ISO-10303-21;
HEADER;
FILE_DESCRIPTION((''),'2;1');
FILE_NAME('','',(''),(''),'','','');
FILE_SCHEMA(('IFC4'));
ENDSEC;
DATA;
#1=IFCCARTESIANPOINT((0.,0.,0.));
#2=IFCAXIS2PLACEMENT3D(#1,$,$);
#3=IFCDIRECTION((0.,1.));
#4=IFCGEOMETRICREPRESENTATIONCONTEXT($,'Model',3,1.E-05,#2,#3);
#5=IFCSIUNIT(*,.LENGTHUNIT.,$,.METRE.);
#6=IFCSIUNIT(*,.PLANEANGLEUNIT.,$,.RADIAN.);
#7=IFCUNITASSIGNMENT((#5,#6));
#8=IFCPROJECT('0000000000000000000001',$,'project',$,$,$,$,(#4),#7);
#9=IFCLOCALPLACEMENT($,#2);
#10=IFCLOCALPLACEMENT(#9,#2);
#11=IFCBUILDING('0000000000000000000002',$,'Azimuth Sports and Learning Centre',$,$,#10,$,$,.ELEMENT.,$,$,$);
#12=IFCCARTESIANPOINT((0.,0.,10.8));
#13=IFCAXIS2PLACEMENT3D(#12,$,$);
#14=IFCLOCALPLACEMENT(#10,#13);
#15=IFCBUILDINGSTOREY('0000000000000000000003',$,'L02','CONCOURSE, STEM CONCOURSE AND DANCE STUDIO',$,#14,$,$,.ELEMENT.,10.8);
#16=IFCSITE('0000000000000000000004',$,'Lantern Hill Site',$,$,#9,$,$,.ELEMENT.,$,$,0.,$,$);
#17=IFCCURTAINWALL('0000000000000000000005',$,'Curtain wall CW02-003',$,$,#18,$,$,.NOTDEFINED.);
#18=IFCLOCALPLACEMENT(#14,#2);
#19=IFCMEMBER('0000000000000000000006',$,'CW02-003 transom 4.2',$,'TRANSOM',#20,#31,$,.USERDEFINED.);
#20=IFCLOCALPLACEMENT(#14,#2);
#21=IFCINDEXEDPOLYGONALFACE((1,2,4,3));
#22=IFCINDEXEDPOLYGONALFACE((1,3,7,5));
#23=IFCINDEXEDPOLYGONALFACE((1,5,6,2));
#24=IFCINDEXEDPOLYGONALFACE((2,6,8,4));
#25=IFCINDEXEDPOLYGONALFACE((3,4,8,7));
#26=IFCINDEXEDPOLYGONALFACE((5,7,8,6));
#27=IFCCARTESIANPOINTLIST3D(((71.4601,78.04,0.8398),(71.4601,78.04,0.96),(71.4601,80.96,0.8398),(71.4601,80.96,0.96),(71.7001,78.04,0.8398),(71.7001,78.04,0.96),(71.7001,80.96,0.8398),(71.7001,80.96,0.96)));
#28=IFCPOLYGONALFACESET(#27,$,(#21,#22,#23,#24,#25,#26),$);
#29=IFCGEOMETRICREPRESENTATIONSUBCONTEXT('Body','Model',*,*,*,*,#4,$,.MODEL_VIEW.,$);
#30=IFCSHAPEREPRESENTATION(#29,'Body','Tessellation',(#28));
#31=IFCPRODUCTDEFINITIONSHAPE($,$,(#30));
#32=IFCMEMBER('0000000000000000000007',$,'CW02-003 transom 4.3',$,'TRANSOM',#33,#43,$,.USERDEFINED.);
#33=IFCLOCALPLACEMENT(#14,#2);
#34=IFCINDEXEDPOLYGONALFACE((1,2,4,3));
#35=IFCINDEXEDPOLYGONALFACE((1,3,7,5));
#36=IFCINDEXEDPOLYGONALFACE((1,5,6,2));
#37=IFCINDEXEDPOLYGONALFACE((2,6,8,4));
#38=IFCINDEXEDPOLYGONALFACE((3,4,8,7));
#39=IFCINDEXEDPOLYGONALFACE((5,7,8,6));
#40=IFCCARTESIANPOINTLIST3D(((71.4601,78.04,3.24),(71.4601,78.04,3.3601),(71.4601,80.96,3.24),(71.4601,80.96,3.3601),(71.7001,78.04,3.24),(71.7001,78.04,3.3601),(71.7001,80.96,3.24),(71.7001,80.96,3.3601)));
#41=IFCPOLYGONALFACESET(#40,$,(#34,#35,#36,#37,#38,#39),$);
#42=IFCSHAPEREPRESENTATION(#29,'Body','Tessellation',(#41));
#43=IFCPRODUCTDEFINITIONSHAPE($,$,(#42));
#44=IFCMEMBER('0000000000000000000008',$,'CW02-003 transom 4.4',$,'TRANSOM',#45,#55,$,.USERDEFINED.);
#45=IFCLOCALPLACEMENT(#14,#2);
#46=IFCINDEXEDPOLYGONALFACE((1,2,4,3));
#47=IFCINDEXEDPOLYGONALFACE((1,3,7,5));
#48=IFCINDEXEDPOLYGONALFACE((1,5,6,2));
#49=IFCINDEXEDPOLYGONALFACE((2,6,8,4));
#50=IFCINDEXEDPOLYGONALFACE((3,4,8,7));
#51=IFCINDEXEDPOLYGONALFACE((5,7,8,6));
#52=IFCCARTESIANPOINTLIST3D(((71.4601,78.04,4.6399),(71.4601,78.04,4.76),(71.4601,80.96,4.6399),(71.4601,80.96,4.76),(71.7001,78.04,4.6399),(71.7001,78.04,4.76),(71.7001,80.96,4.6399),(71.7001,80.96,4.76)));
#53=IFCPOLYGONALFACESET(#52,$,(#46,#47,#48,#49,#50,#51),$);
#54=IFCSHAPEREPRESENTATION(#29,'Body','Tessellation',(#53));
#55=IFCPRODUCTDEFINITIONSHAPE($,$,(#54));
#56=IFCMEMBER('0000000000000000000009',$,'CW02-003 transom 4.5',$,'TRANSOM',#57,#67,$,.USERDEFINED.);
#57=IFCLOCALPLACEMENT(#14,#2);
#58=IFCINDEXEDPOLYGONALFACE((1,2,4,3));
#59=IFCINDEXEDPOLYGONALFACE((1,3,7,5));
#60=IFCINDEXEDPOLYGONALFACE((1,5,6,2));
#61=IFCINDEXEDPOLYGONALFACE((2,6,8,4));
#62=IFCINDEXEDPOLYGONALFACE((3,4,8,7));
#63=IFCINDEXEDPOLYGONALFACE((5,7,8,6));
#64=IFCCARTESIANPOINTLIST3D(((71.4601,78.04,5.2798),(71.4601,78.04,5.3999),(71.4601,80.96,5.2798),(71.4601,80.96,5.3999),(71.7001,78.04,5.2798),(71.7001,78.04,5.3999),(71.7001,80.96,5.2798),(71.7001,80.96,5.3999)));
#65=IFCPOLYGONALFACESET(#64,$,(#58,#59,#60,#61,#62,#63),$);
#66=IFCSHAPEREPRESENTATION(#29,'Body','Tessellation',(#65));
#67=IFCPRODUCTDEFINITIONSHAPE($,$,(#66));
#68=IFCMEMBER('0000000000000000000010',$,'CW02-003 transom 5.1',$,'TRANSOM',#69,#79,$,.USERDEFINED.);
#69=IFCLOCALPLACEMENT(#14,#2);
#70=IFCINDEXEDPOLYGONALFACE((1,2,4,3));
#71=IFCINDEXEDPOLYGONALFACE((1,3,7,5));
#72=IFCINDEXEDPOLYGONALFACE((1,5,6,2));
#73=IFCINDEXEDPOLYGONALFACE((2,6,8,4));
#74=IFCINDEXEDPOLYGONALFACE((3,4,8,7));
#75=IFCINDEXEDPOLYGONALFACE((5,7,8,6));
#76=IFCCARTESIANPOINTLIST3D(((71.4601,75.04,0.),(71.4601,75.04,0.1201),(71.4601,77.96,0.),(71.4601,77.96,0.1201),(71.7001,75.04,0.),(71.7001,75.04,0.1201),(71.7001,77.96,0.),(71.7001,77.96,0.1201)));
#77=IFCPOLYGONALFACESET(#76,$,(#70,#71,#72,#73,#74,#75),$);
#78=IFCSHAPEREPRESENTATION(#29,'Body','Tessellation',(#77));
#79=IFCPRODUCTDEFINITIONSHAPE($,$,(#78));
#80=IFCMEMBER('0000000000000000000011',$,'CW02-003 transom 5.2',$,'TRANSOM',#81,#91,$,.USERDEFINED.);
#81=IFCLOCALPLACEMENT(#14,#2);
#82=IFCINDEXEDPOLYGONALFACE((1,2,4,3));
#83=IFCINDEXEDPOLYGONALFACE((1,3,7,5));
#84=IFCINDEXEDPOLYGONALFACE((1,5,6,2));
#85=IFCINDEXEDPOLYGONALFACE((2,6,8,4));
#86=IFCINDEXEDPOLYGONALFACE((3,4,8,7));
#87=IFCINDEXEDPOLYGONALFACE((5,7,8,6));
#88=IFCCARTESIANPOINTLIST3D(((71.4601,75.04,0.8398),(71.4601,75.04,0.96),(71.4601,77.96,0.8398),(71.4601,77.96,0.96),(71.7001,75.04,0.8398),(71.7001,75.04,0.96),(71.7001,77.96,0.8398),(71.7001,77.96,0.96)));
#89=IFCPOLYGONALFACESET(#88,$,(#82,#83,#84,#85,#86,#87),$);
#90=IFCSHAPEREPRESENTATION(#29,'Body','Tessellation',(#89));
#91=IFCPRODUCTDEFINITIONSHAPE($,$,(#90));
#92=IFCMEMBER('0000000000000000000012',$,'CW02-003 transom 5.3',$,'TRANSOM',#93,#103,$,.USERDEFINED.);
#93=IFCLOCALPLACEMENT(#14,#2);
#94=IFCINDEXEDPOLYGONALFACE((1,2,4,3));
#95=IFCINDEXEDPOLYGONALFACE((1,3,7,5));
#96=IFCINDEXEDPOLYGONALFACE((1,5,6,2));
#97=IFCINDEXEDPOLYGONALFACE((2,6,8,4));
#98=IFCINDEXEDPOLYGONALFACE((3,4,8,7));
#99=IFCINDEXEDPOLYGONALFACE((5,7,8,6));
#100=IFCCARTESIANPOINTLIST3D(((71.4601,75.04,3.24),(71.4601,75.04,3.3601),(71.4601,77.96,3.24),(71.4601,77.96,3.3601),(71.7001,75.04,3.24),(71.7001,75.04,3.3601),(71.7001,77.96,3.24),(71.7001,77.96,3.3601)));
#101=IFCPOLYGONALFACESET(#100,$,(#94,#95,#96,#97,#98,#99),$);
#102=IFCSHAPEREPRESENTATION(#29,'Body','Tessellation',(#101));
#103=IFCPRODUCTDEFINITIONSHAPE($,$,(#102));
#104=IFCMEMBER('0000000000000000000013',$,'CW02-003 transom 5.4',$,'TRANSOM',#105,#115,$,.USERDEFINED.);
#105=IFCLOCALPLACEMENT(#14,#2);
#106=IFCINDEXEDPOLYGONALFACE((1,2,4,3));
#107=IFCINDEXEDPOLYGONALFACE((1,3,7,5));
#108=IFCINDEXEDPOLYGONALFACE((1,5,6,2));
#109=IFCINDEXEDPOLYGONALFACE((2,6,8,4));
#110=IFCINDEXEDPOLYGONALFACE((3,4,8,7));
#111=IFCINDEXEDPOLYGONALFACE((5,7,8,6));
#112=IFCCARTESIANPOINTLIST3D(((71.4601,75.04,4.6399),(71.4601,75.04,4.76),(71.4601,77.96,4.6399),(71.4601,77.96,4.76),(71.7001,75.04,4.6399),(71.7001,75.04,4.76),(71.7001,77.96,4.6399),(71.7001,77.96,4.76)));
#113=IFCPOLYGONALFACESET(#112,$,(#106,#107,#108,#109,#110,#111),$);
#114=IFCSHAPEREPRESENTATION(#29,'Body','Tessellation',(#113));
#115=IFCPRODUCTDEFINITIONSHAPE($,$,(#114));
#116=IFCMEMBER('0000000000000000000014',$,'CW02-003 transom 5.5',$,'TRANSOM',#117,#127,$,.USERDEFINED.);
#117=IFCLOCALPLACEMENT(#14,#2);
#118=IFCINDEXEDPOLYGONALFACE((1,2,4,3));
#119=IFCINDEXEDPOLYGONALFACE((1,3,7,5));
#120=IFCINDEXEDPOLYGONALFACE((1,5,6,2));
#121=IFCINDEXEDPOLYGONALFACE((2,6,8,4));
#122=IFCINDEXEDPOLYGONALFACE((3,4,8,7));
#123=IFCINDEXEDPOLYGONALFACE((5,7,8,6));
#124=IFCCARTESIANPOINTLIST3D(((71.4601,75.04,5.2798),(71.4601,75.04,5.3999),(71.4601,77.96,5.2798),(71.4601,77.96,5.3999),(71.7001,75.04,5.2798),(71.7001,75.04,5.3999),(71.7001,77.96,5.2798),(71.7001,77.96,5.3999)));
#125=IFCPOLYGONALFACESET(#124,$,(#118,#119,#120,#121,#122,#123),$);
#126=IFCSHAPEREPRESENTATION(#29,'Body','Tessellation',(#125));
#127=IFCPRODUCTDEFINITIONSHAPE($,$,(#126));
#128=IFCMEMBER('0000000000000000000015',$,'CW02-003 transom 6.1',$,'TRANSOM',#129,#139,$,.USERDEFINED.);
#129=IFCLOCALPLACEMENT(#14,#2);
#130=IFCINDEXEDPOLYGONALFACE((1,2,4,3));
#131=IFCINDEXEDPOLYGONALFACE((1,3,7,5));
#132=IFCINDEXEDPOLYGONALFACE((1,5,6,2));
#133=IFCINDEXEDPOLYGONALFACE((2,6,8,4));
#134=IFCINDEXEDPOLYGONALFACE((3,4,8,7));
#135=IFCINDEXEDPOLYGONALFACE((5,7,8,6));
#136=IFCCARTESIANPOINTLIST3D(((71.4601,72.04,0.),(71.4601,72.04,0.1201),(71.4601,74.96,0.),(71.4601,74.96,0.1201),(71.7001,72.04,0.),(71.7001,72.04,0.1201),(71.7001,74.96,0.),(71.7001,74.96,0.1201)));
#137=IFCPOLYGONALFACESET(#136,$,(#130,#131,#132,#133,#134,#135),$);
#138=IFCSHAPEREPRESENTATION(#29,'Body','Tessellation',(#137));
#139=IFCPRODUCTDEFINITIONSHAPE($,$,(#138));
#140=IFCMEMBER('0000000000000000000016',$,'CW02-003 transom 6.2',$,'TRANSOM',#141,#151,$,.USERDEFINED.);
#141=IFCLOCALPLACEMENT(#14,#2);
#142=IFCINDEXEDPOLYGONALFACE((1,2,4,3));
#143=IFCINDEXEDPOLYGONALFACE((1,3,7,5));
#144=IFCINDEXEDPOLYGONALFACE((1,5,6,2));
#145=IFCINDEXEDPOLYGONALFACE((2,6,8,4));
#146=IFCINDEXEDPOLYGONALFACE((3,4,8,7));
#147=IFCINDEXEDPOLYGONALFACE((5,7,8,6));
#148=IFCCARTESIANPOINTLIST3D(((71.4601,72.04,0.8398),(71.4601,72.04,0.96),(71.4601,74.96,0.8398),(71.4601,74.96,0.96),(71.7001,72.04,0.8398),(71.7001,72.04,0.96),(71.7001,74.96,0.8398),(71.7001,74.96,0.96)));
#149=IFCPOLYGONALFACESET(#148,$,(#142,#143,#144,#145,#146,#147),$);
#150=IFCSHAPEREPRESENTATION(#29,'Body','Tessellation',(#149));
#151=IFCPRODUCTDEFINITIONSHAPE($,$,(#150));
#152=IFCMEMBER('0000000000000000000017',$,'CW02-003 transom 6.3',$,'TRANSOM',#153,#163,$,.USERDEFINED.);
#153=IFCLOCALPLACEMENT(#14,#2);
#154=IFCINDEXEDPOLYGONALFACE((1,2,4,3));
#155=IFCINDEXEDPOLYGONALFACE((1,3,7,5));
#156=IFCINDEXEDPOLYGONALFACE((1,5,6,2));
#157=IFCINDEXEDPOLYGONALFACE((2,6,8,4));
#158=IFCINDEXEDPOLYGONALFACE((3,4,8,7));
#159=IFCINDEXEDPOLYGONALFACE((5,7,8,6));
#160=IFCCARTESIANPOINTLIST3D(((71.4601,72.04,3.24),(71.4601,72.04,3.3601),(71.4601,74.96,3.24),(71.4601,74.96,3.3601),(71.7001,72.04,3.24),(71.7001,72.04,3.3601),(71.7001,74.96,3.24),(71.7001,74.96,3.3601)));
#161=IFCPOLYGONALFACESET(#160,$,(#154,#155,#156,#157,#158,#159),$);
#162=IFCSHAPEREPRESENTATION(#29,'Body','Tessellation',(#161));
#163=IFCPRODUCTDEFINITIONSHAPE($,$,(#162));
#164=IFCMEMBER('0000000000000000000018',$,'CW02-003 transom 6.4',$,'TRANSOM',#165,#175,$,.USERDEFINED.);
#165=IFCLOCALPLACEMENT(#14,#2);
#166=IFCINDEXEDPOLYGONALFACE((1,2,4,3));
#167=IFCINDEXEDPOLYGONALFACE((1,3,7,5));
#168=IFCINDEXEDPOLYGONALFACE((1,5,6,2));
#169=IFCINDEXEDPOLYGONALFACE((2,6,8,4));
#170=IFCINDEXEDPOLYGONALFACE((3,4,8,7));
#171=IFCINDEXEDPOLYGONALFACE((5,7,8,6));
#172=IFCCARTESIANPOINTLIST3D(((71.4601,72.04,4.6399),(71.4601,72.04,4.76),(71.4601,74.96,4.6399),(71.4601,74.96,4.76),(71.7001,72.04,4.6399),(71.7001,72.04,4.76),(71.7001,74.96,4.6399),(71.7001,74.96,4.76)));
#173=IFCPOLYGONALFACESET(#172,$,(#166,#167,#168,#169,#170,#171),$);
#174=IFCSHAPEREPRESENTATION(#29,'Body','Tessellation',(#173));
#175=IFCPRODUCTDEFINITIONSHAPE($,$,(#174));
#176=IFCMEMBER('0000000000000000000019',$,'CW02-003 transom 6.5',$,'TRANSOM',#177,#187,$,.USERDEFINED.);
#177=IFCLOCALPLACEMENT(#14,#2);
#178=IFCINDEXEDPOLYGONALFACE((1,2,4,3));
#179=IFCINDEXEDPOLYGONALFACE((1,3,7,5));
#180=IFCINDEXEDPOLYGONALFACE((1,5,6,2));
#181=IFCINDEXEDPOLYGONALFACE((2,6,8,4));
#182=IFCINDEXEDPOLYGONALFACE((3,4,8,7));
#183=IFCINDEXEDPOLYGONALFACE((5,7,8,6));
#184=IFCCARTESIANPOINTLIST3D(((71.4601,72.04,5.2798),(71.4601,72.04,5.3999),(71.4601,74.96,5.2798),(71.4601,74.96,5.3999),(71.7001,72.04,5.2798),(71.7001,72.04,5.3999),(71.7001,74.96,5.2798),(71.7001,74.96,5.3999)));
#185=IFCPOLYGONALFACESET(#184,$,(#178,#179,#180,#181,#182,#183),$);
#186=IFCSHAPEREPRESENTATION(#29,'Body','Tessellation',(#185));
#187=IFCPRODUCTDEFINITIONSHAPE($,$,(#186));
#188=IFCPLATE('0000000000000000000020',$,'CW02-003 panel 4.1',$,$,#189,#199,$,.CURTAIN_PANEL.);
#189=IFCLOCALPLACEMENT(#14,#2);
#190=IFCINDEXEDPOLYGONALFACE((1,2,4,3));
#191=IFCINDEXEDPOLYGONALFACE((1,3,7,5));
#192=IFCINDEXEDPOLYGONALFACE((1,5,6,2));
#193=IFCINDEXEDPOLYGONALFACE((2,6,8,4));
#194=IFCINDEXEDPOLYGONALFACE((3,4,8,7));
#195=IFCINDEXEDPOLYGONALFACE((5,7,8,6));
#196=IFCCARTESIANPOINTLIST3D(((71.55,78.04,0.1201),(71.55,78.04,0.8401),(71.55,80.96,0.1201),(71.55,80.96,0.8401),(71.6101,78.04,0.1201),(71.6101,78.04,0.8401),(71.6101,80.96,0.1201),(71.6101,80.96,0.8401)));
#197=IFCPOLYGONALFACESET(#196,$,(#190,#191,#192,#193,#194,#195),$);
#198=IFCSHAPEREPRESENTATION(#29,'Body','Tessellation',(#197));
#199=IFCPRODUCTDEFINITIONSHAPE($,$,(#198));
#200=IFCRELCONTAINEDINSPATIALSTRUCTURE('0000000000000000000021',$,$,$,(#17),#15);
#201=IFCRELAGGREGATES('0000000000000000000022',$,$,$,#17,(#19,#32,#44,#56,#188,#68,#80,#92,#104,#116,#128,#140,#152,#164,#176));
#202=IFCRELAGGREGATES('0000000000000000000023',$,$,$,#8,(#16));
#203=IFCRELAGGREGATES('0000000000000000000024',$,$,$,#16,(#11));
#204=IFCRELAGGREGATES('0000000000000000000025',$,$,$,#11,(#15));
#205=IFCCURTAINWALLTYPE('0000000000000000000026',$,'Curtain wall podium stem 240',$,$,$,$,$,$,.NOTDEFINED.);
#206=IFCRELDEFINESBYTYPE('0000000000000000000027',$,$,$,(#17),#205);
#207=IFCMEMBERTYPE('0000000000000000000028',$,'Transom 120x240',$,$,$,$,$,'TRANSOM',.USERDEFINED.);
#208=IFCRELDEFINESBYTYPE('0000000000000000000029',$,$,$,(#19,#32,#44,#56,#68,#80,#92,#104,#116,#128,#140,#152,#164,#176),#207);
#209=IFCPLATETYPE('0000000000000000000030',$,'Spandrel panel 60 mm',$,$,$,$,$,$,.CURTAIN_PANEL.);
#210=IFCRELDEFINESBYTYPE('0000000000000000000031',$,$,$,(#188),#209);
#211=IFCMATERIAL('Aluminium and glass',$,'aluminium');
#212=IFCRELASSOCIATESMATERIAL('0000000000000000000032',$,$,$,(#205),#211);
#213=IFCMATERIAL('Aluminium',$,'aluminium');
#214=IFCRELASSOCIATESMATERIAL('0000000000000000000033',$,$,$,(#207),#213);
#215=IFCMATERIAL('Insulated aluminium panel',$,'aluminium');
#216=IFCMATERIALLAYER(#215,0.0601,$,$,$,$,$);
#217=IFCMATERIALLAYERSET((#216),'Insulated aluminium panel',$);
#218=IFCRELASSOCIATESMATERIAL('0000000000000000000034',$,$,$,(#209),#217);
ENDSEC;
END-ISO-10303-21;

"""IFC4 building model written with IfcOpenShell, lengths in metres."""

from ifc_helpers import new_model, si_unit, direction, frame, origin, origin_2d, place, context, subcontext, project, spatial, rectangle, extrude, material, layer, layer_set, material_profile, profile_set, type_object, element, aggregate, save


model = new_model("IFC4")

# Units and contexts
model_context = context("Model", 3, precision=1e-05, world=origin(), true_north=direction((0.0, 1.0)))
body_context = subcontext(model_context, "Body", "Model", "MODEL_VIEW")
ifc_project = project(units=[si_unit("LENGTHUNIT", "METRE"), si_unit("PLANEANGLEUNIT", "RADIAN")], contexts=[model_context])

# Site, building, storey
site_placement = place(None, origin())
site = spatial("IfcSite", under=ifc_project, at=site_placement, Name="Lantern Hill Site", CompositionType="ELEMENT", RefElevation=0.0)
building_placement = place(site_placement, origin())
building = spatial("IfcBuilding", under=site, at=building_placement, Name="Azimuth Sports and Learning Centre", CompositionType="ELEMENT")
storey_placement = place(building_placement, frame((0.0, 0.0, 10.8)))
storey = spatial("IfcBuildingStorey", under=building, at=storey_placement, Name="L02", Description="CONCOURSE, STEM CONCOURSE AND DANCE STUDIO", CompositionType="ELEMENT", Elevation=10.8)

# Curtain wall, members, plate
ifc_material_1 = material(Name="Aluminium and glass", Category="aluminium")
curtain_wall_type = type_object("IfcCurtainWallType", Name="Curtain wall podium stem 240", PredefinedType="NOTDEFINED", material=ifc_material_1)
curtain_wall_placement = place(storey_placement, origin())
curtain_wall = element("IfcCurtainWall", 1, at=curtain_wall_placement, inside=storey, type_object=curtain_wall_type, Name="Curtain wall CW02-003", PredefinedType="NOTDEFINED")
ifc_material_2 = material(Name="Aluminium", Category="aluminium")
ifc_material_profile_1 = material_profile(ifc_material_2, rectangle(XDim=0.24, YDim=0.1201, at=origin_2d()), Name="Transom 120x240")
ifc_profile_set_1 = profile_set([ifc_material_profile_1], Name="Aluminium")
member_type_1 = type_object("IfcMemberType", Name="Transom 120x240", ElementType="TRANSOM", PredefinedType="USERDEFINED", material=ifc_profile_set_1)
member_1_placement = place(storey_placement, frame((71.5801, 80.96, 0.8999), z_axis=(0.0, -1.0, 0.0), x_axis=(1.0, 0.0, 0.0)))
member_1 = element("IfcMember", 2, at=member_1_placement, type_object=member_type_1, Name="CW02-003 transom 4.2", ObjectType="TRANSOM", PredefinedType="USERDEFINED", context=body_context, shape_type="SweptSolid", body=[
    extrude(rectangle(XDim=0.24, YDim=0.1201, at=origin_2d()), origin(), (0.0, 0.0, 1.0), 2.9199),
])
member_2_placement = place(storey_placement, frame((71.5801, 80.96, 3.3), z_axis=(0.0, -1.0, 0.0), x_axis=(1.0, 0.0, 0.0)))
member_2 = element("IfcMember", 3, at=member_2_placement, type_object=member_type_1, Name="CW02-003 transom 4.3", ObjectType="TRANSOM", PredefinedType="USERDEFINED", context=body_context, shape_type="SweptSolid", body=[
    extrude(rectangle(XDim=0.24, YDim=0.1201, at=origin_2d()), origin(), (0.0, 0.0, 1.0), 2.9199),
])
member_3_placement = place(storey_placement, frame((71.5801, 80.96, 4.7), z_axis=(0.0, -1.0, 0.0), x_axis=(1.0, 0.0, 0.0)))
member_3 = element("IfcMember", 4, at=member_3_placement, type_object=member_type_1, Name="CW02-003 transom 4.4", ObjectType="TRANSOM", PredefinedType="USERDEFINED", context=body_context, shape_type="SweptSolid", body=[
    extrude(rectangle(XDim=0.24, YDim=0.1201, at=origin_2d()), origin(), (0.0, 0.0, 1.0), 2.9199),
])
member_4_placement = place(storey_placement, frame((71.5801, 80.96, 5.3398), z_axis=(0.0, -1.0, 0.0), x_axis=(1.0, 0.0, 0.0)))
member_4 = element("IfcMember", 5, at=member_4_placement, type_object=member_type_1, Name="CW02-003 transom 4.5", ObjectType="TRANSOM", PredefinedType="USERDEFINED", context=body_context, shape_type="SweptSolid", body=[
    extrude(rectangle(XDim=0.24, YDim=0.1201, at=origin_2d()), origin(), (0.0, 0.0, 1.0), 2.9199),
])
member_5_placement = place(storey_placement, frame((71.5801, 77.96, 0.0601), z_axis=(0.0, -1.0, 0.0), x_axis=(1.0, 0.0, 0.0)))
member_5 = element("IfcMember", 6, at=member_5_placement, type_object=member_type_1, Name="CW02-003 transom 5.1", ObjectType="TRANSOM", PredefinedType="USERDEFINED", context=body_context, shape_type="SweptSolid", body=[
    extrude(rectangle(XDim=0.24, YDim=0.1201, at=origin_2d()), origin(), (0.0, 0.0, 1.0), 2.9199),
])
member_6_placement = place(storey_placement, frame((71.5801, 77.96, 0.8999), z_axis=(0.0, -1.0, 0.0), x_axis=(1.0, 0.0, 0.0)))
member_6 = element("IfcMember", 7, at=member_6_placement, type_object=member_type_1, Name="CW02-003 transom 5.2", ObjectType="TRANSOM", PredefinedType="USERDEFINED", context=body_context, shape_type="SweptSolid", body=[
    extrude(rectangle(XDim=0.24, YDim=0.1201, at=origin_2d()), origin(), (0.0, 0.0, 1.0), 2.9199),
])
member_7_placement = place(storey_placement, frame((71.5801, 77.96, 3.3), z_axis=(0.0, -1.0, 0.0), x_axis=(1.0, 0.0, 0.0)))
member_7 = element("IfcMember", 8, at=member_7_placement, type_object=member_type_1, Name="CW02-003 transom 5.3", ObjectType="TRANSOM", PredefinedType="USERDEFINED", context=body_context, shape_type="SweptSolid", body=[
    extrude(rectangle(XDim=0.24, YDim=0.1201, at=origin_2d()), origin(), (0.0, 0.0, 1.0), 2.9199),
])
member_8_placement = place(storey_placement, frame((71.5801, 77.96, 4.7), z_axis=(0.0, -1.0, 0.0), x_axis=(1.0, 0.0, 0.0)))
member_8 = element("IfcMember", 9, at=member_8_placement, type_object=member_type_1, Name="CW02-003 transom 5.4", ObjectType="TRANSOM", PredefinedType="USERDEFINED", context=body_context, shape_type="SweptSolid", body=[
    extrude(rectangle(XDim=0.24, YDim=0.1201, at=origin_2d()), origin(), (0.0, 0.0, 1.0), 2.9199),
])
member_9_placement = place(storey_placement, frame((71.5801, 77.96, 5.3398), z_axis=(0.0, -1.0, 0.0), x_axis=(1.0, 0.0, 0.0)))
member_9 = element("IfcMember", 10, at=member_9_placement, type_object=member_type_1, Name="CW02-003 transom 5.5", ObjectType="TRANSOM", PredefinedType="USERDEFINED", context=body_context, shape_type="SweptSolid", body=[
    extrude(rectangle(XDim=0.24, YDim=0.1201, at=origin_2d()), origin(), (0.0, 0.0, 1.0), 2.9199),
])
member_10_placement = place(storey_placement, frame((71.5801, 74.96, 0.0601), z_axis=(0.0, -1.0, 0.0), x_axis=(1.0, 0.0, 0.0)))
member_10 = element("IfcMember", 11, at=member_10_placement, type_object=member_type_1, Name="CW02-003 transom 6.1", ObjectType="TRANSOM", PredefinedType="USERDEFINED", context=body_context, shape_type="SweptSolid", body=[
    extrude(rectangle(XDim=0.24, YDim=0.1201, at=origin_2d()), origin(), (0.0, 0.0, 1.0), 2.9199),
])
member_11_placement = place(storey_placement, frame((71.5801, 74.96, 0.8999), z_axis=(0.0, -1.0, 0.0), x_axis=(1.0, 0.0, 0.0)))
member_11 = element("IfcMember", 12, at=member_11_placement, type_object=member_type_1, Name="CW02-003 transom 6.2", ObjectType="TRANSOM", PredefinedType="USERDEFINED", context=body_context, shape_type="SweptSolid", body=[
    extrude(rectangle(XDim=0.24, YDim=0.1201, at=origin_2d()), origin(), (0.0, 0.0, 1.0), 2.9199),
])
member_12_placement = place(storey_placement, frame((71.5801, 74.96, 3.3), z_axis=(0.0, -1.0, 0.0), x_axis=(1.0, 0.0, 0.0)))
member_12 = element("IfcMember", 13, at=member_12_placement, type_object=member_type_1, Name="CW02-003 transom 6.3", ObjectType="TRANSOM", PredefinedType="USERDEFINED", context=body_context, shape_type="SweptSolid", body=[
    extrude(rectangle(XDim=0.24, YDim=0.1201, at=origin_2d()), origin(), (0.0, 0.0, 1.0), 2.9199),
])
member_13_placement = place(storey_placement, frame((71.5801, 74.96, 4.7), z_axis=(0.0, -1.0, 0.0), x_axis=(1.0, 0.0, 0.0)))
member_13 = element("IfcMember", 14, at=member_13_placement, type_object=member_type_1, Name="CW02-003 transom 6.4", ObjectType="TRANSOM", PredefinedType="USERDEFINED", context=body_context, shape_type="SweptSolid", body=[
    extrude(rectangle(XDim=0.24, YDim=0.1201, at=origin_2d()), origin(), (0.0, 0.0, 1.0), 2.9199),
])
member_14_placement = place(storey_placement, frame((71.5801, 74.96, 5.3398), z_axis=(0.0, -1.0, 0.0), x_axis=(1.0, 0.0, 0.0)))
member_14 = element("IfcMember", 15, at=member_14_placement, type_object=member_type_1, Name="CW02-003 transom 6.5", ObjectType="TRANSOM", PredefinedType="USERDEFINED", context=body_context, shape_type="SweptSolid", body=[
    extrude(rectangle(XDim=0.24, YDim=0.1201, at=origin_2d()), origin(), (0.0, 0.0, 1.0), 2.9199),
])
ifc_material_3 = material(Name="Insulated aluminium panel", Category="aluminium")
ifc_layer_1 = layer(ifc_material_3, 0.0601)
ifc_layer_set_1 = layer_set([ifc_layer_1], Name="Insulated aluminium panel")
plate_type_1 = type_object("IfcPlateType", Name="Spandrel panel 60 mm", PredefinedType="CURTAIN_PANEL", material=ifc_layer_set_1)
plate_1_placement = place(storey_placement, frame((71.5801, 79.5, 0.1201), z_axis=(0.0, 0.0, 1.0), x_axis=(0.0, -1.0, 0.0)))
plate_1 = element("IfcPlate", 16, at=plate_1_placement, type_object=plate_type_1, Name="CW02-003 panel 4.1", PredefinedType="CURTAIN_PANEL", context=body_context, shape_type="SweptSolid", body=[
    extrude(rectangle(XDim=2.9199, YDim=0.0601, at=origin_2d()), origin(), (0.0, 0.0, 1.0), 0.72),
])
aggregate(curtain_wall, [member_1, member_2, member_3, member_4, plate_1, member_5, member_6, member_7, member_8, member_9, member_10, member_11, member_12, member_13, member_14])

save(model, "model.ifc")
